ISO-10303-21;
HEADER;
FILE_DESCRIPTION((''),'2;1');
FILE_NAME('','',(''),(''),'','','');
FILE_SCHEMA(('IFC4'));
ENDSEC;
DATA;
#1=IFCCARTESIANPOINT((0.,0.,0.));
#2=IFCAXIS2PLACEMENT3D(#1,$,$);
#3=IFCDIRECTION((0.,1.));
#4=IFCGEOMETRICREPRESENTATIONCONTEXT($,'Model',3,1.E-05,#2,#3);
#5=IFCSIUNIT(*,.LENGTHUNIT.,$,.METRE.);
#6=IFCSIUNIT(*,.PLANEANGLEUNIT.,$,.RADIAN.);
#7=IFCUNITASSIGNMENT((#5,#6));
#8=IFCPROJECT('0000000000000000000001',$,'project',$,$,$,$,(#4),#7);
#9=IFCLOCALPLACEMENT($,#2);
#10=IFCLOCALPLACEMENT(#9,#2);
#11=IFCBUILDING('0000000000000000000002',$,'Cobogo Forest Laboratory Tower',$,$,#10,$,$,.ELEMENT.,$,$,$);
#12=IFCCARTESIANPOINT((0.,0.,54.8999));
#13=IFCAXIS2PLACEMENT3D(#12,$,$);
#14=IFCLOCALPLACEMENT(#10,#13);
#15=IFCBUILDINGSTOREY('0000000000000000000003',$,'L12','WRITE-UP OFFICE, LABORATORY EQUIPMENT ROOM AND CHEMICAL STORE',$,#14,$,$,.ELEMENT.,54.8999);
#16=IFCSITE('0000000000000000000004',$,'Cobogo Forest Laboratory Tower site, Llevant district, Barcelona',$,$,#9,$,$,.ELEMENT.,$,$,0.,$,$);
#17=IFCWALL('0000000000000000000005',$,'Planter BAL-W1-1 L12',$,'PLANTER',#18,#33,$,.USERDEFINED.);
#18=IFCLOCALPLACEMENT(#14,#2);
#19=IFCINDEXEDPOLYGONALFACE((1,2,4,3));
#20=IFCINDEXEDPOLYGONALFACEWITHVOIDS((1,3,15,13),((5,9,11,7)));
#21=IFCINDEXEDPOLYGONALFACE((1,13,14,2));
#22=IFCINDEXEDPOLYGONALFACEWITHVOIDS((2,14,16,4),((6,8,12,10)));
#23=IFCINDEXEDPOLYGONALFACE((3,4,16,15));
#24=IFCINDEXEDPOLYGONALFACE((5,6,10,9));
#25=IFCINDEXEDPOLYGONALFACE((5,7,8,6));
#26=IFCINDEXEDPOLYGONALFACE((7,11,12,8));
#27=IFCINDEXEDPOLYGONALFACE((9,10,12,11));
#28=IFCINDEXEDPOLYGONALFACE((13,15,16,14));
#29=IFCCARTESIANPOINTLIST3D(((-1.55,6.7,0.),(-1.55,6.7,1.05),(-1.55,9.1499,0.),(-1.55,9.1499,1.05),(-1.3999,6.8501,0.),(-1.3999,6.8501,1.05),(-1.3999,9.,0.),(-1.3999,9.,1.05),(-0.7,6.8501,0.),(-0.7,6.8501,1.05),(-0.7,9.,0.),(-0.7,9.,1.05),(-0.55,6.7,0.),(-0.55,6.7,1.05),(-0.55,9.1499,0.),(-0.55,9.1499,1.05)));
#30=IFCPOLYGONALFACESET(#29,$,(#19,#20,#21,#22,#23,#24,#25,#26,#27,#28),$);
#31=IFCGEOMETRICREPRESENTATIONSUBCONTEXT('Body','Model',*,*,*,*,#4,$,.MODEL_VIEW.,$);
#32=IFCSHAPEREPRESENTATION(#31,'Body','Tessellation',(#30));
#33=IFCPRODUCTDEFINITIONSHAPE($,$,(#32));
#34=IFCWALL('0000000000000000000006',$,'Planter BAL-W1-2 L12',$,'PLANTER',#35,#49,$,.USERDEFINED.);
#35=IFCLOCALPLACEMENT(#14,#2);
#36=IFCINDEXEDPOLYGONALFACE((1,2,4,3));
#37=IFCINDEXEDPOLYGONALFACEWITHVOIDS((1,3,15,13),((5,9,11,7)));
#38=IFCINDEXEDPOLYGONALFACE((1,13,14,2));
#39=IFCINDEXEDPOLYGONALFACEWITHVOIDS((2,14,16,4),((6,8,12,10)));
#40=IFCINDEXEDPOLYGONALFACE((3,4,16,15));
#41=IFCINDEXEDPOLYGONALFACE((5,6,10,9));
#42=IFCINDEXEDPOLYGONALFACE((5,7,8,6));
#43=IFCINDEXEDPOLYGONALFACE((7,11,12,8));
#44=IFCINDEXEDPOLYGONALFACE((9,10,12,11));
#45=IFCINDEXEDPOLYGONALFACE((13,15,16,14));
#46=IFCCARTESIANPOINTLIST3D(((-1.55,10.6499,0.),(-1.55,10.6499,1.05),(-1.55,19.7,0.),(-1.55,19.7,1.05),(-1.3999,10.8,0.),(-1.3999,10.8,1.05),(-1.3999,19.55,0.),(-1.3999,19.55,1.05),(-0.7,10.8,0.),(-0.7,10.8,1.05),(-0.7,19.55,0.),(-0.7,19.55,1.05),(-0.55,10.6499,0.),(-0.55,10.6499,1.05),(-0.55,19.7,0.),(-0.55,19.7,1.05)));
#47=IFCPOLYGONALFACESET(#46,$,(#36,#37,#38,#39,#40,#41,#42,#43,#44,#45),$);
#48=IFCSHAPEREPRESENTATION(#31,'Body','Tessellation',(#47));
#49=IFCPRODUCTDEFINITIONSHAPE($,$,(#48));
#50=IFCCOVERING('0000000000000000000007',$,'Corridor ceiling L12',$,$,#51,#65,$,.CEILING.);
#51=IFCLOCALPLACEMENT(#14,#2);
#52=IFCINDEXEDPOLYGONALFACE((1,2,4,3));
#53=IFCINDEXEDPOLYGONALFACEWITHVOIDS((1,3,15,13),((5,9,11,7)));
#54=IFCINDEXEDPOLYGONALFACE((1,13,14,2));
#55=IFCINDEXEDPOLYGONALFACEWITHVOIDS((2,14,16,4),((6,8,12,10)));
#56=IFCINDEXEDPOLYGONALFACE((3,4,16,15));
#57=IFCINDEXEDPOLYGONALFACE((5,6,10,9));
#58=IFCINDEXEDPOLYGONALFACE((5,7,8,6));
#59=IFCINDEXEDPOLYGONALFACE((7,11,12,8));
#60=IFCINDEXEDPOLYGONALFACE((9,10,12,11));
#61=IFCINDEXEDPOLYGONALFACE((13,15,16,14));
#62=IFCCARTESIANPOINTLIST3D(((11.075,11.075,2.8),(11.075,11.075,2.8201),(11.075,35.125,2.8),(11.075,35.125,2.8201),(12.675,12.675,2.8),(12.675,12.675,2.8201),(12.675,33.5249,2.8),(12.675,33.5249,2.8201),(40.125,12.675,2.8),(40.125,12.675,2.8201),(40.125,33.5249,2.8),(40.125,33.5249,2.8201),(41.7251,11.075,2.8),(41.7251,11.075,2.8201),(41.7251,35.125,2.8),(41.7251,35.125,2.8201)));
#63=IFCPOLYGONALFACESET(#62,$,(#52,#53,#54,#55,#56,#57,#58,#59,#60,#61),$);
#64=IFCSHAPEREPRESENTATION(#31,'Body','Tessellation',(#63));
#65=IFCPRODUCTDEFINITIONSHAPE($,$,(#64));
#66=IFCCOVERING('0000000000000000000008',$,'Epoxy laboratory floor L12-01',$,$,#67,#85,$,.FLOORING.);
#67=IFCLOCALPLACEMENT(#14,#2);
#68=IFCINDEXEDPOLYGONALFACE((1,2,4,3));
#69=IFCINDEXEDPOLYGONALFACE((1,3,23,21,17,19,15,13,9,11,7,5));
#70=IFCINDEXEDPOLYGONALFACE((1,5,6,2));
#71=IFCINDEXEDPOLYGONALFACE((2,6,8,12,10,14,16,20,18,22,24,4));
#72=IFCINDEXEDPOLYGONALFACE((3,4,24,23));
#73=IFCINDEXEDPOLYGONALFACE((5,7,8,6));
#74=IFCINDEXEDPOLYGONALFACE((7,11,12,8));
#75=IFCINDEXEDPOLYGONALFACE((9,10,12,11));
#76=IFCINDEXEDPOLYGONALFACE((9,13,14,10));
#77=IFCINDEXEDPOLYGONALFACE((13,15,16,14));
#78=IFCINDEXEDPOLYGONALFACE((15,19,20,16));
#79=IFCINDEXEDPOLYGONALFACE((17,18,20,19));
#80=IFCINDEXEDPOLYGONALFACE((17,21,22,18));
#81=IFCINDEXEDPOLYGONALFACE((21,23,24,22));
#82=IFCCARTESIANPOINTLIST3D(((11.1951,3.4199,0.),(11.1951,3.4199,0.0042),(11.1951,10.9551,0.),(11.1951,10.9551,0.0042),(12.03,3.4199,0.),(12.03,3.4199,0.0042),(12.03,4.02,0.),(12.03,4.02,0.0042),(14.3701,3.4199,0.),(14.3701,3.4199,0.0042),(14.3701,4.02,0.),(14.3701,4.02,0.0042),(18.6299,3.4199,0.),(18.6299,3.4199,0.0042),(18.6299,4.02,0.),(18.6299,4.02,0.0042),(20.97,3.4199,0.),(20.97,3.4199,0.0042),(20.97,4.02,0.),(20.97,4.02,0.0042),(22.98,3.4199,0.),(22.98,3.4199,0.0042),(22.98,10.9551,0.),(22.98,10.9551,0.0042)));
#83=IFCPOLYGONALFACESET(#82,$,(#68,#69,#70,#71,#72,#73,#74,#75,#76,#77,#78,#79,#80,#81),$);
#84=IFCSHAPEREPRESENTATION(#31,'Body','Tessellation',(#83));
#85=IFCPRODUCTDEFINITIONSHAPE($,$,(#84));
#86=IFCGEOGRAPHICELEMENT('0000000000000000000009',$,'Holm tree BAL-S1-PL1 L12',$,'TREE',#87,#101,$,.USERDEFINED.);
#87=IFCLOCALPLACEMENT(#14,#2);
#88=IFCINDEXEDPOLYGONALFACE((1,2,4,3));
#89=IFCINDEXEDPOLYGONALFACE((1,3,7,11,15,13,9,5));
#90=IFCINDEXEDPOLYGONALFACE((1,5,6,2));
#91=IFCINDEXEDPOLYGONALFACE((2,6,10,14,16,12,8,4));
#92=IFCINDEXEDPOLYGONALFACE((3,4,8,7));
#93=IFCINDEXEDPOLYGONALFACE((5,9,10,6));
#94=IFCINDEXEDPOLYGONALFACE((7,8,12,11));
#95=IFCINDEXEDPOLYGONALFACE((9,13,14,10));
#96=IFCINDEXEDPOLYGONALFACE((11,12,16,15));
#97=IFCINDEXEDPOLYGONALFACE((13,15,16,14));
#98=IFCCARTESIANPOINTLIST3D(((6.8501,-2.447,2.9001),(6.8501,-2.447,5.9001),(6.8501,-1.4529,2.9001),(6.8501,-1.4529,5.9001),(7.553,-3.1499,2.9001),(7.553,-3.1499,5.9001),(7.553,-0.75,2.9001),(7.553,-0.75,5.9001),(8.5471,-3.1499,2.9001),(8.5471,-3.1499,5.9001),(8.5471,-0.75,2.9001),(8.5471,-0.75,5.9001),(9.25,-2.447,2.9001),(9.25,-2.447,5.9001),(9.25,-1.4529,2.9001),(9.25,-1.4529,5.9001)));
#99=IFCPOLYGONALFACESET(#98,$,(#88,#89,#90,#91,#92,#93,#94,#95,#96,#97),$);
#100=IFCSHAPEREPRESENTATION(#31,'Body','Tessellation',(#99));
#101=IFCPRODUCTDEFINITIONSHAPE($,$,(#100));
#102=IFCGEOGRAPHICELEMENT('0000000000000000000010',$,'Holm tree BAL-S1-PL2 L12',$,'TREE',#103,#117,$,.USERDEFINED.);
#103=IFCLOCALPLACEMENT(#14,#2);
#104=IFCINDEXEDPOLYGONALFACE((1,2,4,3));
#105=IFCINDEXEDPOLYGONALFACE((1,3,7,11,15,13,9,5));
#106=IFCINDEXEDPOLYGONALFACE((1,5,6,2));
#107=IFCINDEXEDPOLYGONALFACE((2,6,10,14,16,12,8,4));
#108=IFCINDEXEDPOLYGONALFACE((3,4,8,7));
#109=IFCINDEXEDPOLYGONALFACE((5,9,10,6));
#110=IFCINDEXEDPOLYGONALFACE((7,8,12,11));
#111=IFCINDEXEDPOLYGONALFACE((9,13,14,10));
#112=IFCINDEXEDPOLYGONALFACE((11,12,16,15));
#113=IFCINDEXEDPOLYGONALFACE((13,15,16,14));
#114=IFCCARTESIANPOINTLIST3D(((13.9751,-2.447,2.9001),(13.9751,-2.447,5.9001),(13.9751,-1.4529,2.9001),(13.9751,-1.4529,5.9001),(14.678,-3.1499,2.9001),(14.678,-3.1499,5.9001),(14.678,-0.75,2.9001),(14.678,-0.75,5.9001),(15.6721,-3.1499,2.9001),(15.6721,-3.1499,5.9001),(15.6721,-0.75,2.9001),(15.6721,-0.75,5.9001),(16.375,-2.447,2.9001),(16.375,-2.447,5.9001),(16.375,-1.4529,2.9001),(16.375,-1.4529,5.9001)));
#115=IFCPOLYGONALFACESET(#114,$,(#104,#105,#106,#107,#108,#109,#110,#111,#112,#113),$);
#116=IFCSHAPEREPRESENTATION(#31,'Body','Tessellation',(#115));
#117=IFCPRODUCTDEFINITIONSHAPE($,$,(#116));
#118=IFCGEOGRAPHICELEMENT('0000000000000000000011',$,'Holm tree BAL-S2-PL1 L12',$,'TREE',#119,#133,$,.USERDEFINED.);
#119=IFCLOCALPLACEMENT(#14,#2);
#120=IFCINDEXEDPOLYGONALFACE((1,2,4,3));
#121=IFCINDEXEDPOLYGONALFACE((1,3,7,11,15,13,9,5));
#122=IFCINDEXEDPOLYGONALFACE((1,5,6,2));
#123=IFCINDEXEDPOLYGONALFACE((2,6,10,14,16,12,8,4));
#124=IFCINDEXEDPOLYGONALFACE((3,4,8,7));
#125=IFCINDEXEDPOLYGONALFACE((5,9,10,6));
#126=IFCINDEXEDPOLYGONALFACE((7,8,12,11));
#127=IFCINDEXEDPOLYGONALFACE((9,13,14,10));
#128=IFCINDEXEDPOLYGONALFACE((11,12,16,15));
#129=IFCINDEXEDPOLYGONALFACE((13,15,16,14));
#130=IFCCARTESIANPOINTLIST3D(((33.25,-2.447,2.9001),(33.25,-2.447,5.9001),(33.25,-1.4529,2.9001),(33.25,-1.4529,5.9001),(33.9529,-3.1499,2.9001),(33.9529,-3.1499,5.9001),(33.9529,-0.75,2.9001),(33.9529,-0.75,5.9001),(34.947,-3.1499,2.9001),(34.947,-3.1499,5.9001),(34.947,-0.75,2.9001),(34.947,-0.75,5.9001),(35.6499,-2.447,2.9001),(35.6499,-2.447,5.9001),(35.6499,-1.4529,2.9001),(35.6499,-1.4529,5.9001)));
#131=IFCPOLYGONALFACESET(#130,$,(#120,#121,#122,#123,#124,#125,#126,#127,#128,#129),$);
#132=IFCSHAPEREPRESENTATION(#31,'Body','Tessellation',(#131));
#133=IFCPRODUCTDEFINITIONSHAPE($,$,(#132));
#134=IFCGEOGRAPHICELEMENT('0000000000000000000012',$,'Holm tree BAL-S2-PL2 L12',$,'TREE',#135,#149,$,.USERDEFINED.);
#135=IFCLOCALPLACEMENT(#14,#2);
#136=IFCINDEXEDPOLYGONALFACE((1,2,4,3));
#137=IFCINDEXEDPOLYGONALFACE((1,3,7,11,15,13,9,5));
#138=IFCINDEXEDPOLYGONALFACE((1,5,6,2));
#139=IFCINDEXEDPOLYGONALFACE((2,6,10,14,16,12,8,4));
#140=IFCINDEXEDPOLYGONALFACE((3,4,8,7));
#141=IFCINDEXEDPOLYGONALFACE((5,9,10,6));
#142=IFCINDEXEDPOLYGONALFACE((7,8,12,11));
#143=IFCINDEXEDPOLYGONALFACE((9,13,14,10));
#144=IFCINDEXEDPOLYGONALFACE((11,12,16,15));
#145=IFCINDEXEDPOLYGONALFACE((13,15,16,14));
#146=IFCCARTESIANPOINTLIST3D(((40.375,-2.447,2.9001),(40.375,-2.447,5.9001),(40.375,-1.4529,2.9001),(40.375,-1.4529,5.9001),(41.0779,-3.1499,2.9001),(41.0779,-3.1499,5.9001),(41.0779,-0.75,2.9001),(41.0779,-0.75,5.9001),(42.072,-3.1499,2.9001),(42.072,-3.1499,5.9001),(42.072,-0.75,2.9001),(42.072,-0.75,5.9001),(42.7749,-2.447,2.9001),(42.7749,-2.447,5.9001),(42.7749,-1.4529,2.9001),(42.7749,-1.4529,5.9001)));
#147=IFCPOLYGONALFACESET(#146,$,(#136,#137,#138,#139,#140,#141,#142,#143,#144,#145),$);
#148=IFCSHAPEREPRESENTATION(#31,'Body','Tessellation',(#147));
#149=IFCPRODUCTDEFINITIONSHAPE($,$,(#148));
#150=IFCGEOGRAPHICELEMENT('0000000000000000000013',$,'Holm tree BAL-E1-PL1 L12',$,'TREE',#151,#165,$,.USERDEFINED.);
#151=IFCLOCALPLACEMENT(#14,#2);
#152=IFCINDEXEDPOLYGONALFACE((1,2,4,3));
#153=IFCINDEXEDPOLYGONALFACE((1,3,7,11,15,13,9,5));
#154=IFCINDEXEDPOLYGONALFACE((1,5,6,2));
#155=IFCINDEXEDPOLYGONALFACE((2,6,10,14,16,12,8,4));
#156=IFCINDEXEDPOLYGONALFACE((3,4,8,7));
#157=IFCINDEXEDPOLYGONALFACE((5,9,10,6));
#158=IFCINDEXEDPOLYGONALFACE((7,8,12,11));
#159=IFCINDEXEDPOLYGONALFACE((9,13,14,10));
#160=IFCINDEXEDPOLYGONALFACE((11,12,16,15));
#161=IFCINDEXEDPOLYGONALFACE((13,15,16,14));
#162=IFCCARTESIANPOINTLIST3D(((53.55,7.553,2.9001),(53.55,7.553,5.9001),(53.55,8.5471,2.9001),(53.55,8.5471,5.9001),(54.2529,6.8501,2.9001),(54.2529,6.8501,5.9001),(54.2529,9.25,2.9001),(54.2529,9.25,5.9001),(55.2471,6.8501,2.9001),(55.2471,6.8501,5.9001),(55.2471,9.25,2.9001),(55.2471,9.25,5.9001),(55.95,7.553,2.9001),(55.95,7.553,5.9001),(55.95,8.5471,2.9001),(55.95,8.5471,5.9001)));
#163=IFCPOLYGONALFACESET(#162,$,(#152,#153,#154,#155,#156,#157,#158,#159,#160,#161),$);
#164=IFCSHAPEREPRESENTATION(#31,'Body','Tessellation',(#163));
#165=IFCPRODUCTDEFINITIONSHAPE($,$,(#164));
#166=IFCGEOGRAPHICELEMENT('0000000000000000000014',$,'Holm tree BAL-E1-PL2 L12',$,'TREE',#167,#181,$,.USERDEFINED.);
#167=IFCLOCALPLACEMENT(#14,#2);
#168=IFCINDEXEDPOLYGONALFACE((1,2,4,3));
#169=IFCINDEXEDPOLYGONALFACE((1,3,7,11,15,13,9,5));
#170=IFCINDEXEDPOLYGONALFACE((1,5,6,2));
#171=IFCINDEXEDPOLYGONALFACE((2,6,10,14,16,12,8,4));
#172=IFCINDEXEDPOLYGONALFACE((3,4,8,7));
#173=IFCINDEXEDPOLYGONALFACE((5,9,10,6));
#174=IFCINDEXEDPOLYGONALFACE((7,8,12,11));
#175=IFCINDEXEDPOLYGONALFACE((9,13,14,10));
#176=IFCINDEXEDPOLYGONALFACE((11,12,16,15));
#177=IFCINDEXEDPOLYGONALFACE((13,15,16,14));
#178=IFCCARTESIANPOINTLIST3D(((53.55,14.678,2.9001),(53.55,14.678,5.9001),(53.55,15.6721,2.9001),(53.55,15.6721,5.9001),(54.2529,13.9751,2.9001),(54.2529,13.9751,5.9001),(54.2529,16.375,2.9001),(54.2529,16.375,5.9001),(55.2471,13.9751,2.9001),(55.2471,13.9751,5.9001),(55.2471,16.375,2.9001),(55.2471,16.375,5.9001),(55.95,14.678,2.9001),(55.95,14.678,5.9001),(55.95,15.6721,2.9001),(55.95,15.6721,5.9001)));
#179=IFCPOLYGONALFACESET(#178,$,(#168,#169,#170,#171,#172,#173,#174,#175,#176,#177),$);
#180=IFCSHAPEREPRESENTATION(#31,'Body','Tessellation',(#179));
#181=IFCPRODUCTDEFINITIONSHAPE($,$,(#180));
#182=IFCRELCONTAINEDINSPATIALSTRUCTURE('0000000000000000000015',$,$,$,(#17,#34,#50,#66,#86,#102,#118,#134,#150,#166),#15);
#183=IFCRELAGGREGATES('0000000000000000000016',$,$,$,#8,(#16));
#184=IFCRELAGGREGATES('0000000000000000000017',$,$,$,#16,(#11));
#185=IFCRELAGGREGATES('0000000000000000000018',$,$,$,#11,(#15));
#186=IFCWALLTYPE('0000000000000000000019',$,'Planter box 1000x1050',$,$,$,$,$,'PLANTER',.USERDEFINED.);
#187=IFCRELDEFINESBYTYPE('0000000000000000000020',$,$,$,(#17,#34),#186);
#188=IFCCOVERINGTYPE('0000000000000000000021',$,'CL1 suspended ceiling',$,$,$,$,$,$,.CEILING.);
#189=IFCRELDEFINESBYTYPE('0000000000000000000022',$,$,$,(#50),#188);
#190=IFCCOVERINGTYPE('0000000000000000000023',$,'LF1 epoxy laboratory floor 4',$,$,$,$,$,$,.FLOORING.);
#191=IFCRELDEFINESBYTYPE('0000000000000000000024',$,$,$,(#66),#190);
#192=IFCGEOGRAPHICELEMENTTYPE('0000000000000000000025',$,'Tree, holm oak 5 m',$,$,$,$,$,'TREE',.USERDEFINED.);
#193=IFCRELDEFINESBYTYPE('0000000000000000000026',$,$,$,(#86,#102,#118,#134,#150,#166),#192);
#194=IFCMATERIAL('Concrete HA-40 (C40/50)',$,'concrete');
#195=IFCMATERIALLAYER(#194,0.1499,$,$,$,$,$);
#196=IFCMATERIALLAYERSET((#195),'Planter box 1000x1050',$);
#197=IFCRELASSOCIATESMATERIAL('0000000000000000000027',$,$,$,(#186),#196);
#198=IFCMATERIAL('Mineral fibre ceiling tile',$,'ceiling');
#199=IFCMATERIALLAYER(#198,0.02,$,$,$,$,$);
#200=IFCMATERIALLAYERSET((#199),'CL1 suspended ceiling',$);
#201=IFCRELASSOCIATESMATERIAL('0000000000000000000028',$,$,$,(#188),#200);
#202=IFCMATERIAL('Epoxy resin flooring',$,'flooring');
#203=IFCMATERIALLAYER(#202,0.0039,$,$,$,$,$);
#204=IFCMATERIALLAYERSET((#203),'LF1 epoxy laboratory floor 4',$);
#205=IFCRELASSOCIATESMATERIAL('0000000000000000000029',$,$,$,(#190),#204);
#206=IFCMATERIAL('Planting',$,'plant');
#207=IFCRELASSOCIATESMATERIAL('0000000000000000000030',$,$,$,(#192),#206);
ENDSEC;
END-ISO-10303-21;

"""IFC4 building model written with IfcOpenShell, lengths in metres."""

from ifc_helpers import new_model, si_unit, direction, frame, origin, place, context, subcontext, project, spatial, polyline, outline, extrude, material, layer, layer_set, type_object, element, save


model = new_model("IFC4")

# Units and contexts
model_context = context("Model", 3, precision=1e-05, world=origin(), true_north=direction((0.0, 1.0)))
body_context = subcontext(model_context, "Body", "Model", "MODEL_VIEW")
ifc_project = project(units=[si_unit("LENGTHUNIT", "METRE"), si_unit("PLANEANGLEUNIT", "RADIAN")], contexts=[model_context])

# Site, building, storey
site_placement = place(None, origin())
site = spatial("IfcSite", under=ifc_project, at=site_placement, Name="Cobogo Forest Laboratory Tower site, Llevant district, Barcelona", CompositionType="ELEMENT", RefElevation=0.0)
building_placement = place(site_placement, origin())
building = spatial("IfcBuilding", under=site, at=building_placement, Name="Cobogo Forest Laboratory Tower", CompositionType="ELEMENT")
storey_placement = place(building_placement, frame((0.0, 0.0, 54.8999)))
storey = spatial("IfcBuildingStorey", under=building, at=storey_placement, Name="L12", Description="WRITE-UP OFFICE, LABORATORY EQUIPMENT ROOM AND CHEMICAL STORE", CompositionType="ELEMENT", Elevation=54.8999)

# Shared definitions
ifc_material_1 = material(Name="Concrete HA-40 (C40/50)", Category="concrete")

# Walls
ifc_layer_1 = layer(ifc_material_1, 0.1499)
ifc_layer_set_1 = layer_set([ifc_layer_1], Name="Planter box 1000x1050")
wall_type = type_object("IfcWallType", Name="Planter box 1000x1050", ElementType="PLANTER", PredefinedType="USERDEFINED", material=ifc_layer_set_1)
wall_1_placement = place(storey_placement, origin())
element("IfcWall", 1, at=wall_1_placement, inside=storey, type_object=wall_type, Name="Planter BAL-W1-1 L12", ObjectType="PLANTER", PredefinedType="USERDEFINED", context=body_context, shape_type="SweptSolid", body=[
    extrude(outline(polyline([(-1.55, 6.7), (-0.55, 6.7), (-0.55, 9.1499), (-1.55, 9.1499), (-1.55, 6.7)]), holes=[polyline([(-1.3999, 6.8501), (-0.7, 6.8501), (-0.7, 9.0), (-1.3999, 9.0), (-1.3999, 6.8501)])]), origin(), (0.0, 0.0, 1.0), 1.05),
])
wall_2_placement = place(storey_placement, origin())
element("IfcWall", 2, at=wall_2_placement, inside=storey, type_object=wall_type, Name="Planter BAL-W1-2 L12", ObjectType="PLANTER", PredefinedType="USERDEFINED", context=body_context, shape_type="SweptSolid", body=[
    extrude(outline(polyline([(-1.55, 10.6499), (-0.55, 10.6499), (-0.55, 19.7), (-1.55, 19.7), (-1.55, 10.6499)]), holes=[polyline([(-1.3999, 10.8), (-0.7, 10.8), (-0.7, 19.55), (-1.3999, 19.55), (-1.3999, 10.8)])]), origin(), (0.0, 0.0, 1.0), 1.05),
])

# Coverings
ifc_material_2 = material(Name="Mineral fibre ceiling tile", Category="ceiling")
ifc_layer_2 = layer(ifc_material_2, 0.02)
ifc_layer_set_2 = layer_set([ifc_layer_2], Name="CL1 suspended ceiling")
covering_type_1 = type_object("IfcCoveringType", Name="CL1 suspended ceiling", PredefinedType="CEILING", material=ifc_layer_set_2)
covering_1_placement = place(storey_placement, frame((0.0, 0.0, 2.8)))
element("IfcCovering", 3, at=covering_1_placement, inside=storey, type_object=covering_type_1, Name="Corridor ceiling L12", PredefinedType="CEILING", context=body_context, shape_type="SweptSolid", body=[
    extrude(outline(polyline([(11.075, 11.075), (11.075, 35.125), (41.7251, 35.125), (41.7251, 11.075), (11.075, 11.075)]), holes=[polyline([(40.125, 33.5249), (12.675, 33.5249), (12.675, 12.675), (40.125, 12.675), (40.125, 33.5249)])]), origin(), (0.0, 0.0, 1.0), 0.02),
])
ifc_material_3 = material(Name="Epoxy resin flooring", Category="flooring")
ifc_layer_3 = layer(ifc_material_3, 0.0039)
ifc_layer_set_3 = layer_set([ifc_layer_3], Name="LF1 epoxy laboratory floor 4")
covering_type_2 = type_object("IfcCoveringType", Name="LF1 epoxy laboratory floor 4", PredefinedType="FLOORING", material=ifc_layer_set_3)
covering_2_placement = place(storey_placement, origin())
element("IfcCovering", 4, at=covering_2_placement, inside=storey, type_object=covering_type_2, Name="Epoxy laboratory floor L12-01", PredefinedType="FLOORING", context=body_context, shape_type="SweptSolid", body=[
    extrude(outline(polyline([(11.1951, 10.9551), (22.98, 10.9551), (22.98, 3.4199), (20.97, 3.4199), (20.97, 4.02), (18.6299, 4.02), (18.6299, 3.4199), (14.3701, 3.4199), (14.3701, 4.02), (12.03, 4.02), (12.03, 3.4199), (11.1951, 3.4199), (11.1951, 10.9551)])), origin(), (0.0, 0.0, 1.0), 0.0042),
])

# Geographic elements
ifc_material_4 = material(Name="Planting", Category="plant")
geographic_element_type = type_object("IfcGeographicElementType", Name="Tree, holm oak 5 m", ElementType="TREE", PredefinedType="USERDEFINED", material=ifc_material_4)
geographic_element_1_placement = place(storey_placement, frame((0.0, 0.0, 2.9001)))
element("IfcGeographicElement", 5, at=geographic_element_1_placement, inside=storey, type_object=geographic_element_type, Name="Holm tree BAL-S1-PL1 L12", ObjectType="TREE", PredefinedType="USERDEFINED", context=body_context, shape_type="SweptSolid", body=[
    extrude(outline(polyline([(9.25, -2.447), (9.25, -1.4529), (8.5471, -0.75), (7.553, -0.75), (6.8501, -1.4529), (6.8501, -2.447), (7.553, -3.1499), (8.5471, -3.1499), (9.25, -2.447)])), origin(), (0.0, 0.0, 1.0), 3.0),
])
geographic_element_2_placement = place(storey_placement, frame((0.0, 0.0, 2.9001)))
element("IfcGeographicElement", 6, at=geographic_element_2_placement, inside=storey, type_object=geographic_element_type, Name="Holm tree BAL-S1-PL2 L12", ObjectType="TREE", PredefinedType="USERDEFINED", context=body_context, shape_type="SweptSolid", body=[
    extrude(outline(polyline([(16.375, -2.447), (16.375, -1.4529), (15.6721, -0.75), (14.678, -0.75), (13.9751, -1.4529), (13.9751, -2.447), (14.678, -3.1499), (15.6721, -3.1499), (16.375, -2.447)])), origin(), (0.0, 0.0, 1.0), 3.0),
])
geographic_element_3_placement = place(storey_placement, frame((0.0, 0.0, 2.9001)))
element("IfcGeographicElement", 7, at=geographic_element_3_placement, inside=storey, type_object=geographic_element_type, Name="Holm tree BAL-S2-PL1 L12", ObjectType="TREE", PredefinedType="USERDEFINED", context=body_context, shape_type="SweptSolid", body=[
    extrude(outline(polyline([(35.6499, -2.447), (35.6499, -1.4529), (34.947, -0.75), (33.9529, -0.75), (33.25, -1.4529), (33.25, -2.447), (33.9529, -3.1499), (34.947, -3.1499), (35.6499, -2.447)])), origin(), (0.0, 0.0, 1.0), 3.0),
])
geographic_element_4_placement = place(storey_placement, frame((0.0, 0.0, 2.9001)))
element("IfcGeographicElement", 8, at=geographic_element_4_placement, inside=storey, type_object=geographic_element_type, Name="Holm tree BAL-S2-PL2 L12", ObjectType="TREE", PredefinedType="USERDEFINED", context=body_context, shape_type="SweptSolid", body=[
    extrude(outline(polyline([(42.7749, -2.447), (42.7749, -1.4529), (42.072, -0.75), (41.0779, -0.75), (40.375, -1.4529), (40.375, -2.447), (41.0779, -3.1499), (42.072, -3.1499), (42.7749, -2.447)])), origin(), (0.0, 0.0, 1.0), 3.0),
])
geographic_element_5_placement = place(storey_placement, frame((0.0, 0.0, 2.9001)))
element("IfcGeographicElement", 9, at=geographic_element_5_placement, inside=storey, type_object=geographic_element_type, Name="Holm tree BAL-E1-PL1 L12", ObjectType="TREE", PredefinedType="USERDEFINED", context=body_context, shape_type="SweptSolid", body=[
    extrude(outline(polyline([(55.95, 7.553), (55.95, 8.5471), (55.2471, 9.25), (54.2529, 9.25), (53.55, 8.5471), (53.55, 7.553), (54.2529, 6.8501), (55.2471, 6.8501), (55.95, 7.553)])), origin(), (0.0, 0.0, 1.0), 3.0),
])
geographic_element_6_placement = place(storey_placement, frame((0.0, 0.0, 2.9001)))
element("IfcGeographicElement", 10, at=geographic_element_6_placement, inside=storey, type_object=geographic_element_type, Name="Holm tree BAL-E1-PL2 L12", ObjectType="TREE", PredefinedType="USERDEFINED", context=body_context, shape_type="SweptSolid", body=[
    extrude(outline(polyline([(55.95, 14.678), (55.95, 15.6721), (55.2471, 16.375), (54.2529, 16.375), (53.55, 15.6721), (53.55, 14.678), (54.2529, 13.9751), (55.2471, 13.9751), (55.95, 14.678)])), origin(), (0.0, 0.0, 1.0), 3.0),
])

save(model, "model.ifc")
